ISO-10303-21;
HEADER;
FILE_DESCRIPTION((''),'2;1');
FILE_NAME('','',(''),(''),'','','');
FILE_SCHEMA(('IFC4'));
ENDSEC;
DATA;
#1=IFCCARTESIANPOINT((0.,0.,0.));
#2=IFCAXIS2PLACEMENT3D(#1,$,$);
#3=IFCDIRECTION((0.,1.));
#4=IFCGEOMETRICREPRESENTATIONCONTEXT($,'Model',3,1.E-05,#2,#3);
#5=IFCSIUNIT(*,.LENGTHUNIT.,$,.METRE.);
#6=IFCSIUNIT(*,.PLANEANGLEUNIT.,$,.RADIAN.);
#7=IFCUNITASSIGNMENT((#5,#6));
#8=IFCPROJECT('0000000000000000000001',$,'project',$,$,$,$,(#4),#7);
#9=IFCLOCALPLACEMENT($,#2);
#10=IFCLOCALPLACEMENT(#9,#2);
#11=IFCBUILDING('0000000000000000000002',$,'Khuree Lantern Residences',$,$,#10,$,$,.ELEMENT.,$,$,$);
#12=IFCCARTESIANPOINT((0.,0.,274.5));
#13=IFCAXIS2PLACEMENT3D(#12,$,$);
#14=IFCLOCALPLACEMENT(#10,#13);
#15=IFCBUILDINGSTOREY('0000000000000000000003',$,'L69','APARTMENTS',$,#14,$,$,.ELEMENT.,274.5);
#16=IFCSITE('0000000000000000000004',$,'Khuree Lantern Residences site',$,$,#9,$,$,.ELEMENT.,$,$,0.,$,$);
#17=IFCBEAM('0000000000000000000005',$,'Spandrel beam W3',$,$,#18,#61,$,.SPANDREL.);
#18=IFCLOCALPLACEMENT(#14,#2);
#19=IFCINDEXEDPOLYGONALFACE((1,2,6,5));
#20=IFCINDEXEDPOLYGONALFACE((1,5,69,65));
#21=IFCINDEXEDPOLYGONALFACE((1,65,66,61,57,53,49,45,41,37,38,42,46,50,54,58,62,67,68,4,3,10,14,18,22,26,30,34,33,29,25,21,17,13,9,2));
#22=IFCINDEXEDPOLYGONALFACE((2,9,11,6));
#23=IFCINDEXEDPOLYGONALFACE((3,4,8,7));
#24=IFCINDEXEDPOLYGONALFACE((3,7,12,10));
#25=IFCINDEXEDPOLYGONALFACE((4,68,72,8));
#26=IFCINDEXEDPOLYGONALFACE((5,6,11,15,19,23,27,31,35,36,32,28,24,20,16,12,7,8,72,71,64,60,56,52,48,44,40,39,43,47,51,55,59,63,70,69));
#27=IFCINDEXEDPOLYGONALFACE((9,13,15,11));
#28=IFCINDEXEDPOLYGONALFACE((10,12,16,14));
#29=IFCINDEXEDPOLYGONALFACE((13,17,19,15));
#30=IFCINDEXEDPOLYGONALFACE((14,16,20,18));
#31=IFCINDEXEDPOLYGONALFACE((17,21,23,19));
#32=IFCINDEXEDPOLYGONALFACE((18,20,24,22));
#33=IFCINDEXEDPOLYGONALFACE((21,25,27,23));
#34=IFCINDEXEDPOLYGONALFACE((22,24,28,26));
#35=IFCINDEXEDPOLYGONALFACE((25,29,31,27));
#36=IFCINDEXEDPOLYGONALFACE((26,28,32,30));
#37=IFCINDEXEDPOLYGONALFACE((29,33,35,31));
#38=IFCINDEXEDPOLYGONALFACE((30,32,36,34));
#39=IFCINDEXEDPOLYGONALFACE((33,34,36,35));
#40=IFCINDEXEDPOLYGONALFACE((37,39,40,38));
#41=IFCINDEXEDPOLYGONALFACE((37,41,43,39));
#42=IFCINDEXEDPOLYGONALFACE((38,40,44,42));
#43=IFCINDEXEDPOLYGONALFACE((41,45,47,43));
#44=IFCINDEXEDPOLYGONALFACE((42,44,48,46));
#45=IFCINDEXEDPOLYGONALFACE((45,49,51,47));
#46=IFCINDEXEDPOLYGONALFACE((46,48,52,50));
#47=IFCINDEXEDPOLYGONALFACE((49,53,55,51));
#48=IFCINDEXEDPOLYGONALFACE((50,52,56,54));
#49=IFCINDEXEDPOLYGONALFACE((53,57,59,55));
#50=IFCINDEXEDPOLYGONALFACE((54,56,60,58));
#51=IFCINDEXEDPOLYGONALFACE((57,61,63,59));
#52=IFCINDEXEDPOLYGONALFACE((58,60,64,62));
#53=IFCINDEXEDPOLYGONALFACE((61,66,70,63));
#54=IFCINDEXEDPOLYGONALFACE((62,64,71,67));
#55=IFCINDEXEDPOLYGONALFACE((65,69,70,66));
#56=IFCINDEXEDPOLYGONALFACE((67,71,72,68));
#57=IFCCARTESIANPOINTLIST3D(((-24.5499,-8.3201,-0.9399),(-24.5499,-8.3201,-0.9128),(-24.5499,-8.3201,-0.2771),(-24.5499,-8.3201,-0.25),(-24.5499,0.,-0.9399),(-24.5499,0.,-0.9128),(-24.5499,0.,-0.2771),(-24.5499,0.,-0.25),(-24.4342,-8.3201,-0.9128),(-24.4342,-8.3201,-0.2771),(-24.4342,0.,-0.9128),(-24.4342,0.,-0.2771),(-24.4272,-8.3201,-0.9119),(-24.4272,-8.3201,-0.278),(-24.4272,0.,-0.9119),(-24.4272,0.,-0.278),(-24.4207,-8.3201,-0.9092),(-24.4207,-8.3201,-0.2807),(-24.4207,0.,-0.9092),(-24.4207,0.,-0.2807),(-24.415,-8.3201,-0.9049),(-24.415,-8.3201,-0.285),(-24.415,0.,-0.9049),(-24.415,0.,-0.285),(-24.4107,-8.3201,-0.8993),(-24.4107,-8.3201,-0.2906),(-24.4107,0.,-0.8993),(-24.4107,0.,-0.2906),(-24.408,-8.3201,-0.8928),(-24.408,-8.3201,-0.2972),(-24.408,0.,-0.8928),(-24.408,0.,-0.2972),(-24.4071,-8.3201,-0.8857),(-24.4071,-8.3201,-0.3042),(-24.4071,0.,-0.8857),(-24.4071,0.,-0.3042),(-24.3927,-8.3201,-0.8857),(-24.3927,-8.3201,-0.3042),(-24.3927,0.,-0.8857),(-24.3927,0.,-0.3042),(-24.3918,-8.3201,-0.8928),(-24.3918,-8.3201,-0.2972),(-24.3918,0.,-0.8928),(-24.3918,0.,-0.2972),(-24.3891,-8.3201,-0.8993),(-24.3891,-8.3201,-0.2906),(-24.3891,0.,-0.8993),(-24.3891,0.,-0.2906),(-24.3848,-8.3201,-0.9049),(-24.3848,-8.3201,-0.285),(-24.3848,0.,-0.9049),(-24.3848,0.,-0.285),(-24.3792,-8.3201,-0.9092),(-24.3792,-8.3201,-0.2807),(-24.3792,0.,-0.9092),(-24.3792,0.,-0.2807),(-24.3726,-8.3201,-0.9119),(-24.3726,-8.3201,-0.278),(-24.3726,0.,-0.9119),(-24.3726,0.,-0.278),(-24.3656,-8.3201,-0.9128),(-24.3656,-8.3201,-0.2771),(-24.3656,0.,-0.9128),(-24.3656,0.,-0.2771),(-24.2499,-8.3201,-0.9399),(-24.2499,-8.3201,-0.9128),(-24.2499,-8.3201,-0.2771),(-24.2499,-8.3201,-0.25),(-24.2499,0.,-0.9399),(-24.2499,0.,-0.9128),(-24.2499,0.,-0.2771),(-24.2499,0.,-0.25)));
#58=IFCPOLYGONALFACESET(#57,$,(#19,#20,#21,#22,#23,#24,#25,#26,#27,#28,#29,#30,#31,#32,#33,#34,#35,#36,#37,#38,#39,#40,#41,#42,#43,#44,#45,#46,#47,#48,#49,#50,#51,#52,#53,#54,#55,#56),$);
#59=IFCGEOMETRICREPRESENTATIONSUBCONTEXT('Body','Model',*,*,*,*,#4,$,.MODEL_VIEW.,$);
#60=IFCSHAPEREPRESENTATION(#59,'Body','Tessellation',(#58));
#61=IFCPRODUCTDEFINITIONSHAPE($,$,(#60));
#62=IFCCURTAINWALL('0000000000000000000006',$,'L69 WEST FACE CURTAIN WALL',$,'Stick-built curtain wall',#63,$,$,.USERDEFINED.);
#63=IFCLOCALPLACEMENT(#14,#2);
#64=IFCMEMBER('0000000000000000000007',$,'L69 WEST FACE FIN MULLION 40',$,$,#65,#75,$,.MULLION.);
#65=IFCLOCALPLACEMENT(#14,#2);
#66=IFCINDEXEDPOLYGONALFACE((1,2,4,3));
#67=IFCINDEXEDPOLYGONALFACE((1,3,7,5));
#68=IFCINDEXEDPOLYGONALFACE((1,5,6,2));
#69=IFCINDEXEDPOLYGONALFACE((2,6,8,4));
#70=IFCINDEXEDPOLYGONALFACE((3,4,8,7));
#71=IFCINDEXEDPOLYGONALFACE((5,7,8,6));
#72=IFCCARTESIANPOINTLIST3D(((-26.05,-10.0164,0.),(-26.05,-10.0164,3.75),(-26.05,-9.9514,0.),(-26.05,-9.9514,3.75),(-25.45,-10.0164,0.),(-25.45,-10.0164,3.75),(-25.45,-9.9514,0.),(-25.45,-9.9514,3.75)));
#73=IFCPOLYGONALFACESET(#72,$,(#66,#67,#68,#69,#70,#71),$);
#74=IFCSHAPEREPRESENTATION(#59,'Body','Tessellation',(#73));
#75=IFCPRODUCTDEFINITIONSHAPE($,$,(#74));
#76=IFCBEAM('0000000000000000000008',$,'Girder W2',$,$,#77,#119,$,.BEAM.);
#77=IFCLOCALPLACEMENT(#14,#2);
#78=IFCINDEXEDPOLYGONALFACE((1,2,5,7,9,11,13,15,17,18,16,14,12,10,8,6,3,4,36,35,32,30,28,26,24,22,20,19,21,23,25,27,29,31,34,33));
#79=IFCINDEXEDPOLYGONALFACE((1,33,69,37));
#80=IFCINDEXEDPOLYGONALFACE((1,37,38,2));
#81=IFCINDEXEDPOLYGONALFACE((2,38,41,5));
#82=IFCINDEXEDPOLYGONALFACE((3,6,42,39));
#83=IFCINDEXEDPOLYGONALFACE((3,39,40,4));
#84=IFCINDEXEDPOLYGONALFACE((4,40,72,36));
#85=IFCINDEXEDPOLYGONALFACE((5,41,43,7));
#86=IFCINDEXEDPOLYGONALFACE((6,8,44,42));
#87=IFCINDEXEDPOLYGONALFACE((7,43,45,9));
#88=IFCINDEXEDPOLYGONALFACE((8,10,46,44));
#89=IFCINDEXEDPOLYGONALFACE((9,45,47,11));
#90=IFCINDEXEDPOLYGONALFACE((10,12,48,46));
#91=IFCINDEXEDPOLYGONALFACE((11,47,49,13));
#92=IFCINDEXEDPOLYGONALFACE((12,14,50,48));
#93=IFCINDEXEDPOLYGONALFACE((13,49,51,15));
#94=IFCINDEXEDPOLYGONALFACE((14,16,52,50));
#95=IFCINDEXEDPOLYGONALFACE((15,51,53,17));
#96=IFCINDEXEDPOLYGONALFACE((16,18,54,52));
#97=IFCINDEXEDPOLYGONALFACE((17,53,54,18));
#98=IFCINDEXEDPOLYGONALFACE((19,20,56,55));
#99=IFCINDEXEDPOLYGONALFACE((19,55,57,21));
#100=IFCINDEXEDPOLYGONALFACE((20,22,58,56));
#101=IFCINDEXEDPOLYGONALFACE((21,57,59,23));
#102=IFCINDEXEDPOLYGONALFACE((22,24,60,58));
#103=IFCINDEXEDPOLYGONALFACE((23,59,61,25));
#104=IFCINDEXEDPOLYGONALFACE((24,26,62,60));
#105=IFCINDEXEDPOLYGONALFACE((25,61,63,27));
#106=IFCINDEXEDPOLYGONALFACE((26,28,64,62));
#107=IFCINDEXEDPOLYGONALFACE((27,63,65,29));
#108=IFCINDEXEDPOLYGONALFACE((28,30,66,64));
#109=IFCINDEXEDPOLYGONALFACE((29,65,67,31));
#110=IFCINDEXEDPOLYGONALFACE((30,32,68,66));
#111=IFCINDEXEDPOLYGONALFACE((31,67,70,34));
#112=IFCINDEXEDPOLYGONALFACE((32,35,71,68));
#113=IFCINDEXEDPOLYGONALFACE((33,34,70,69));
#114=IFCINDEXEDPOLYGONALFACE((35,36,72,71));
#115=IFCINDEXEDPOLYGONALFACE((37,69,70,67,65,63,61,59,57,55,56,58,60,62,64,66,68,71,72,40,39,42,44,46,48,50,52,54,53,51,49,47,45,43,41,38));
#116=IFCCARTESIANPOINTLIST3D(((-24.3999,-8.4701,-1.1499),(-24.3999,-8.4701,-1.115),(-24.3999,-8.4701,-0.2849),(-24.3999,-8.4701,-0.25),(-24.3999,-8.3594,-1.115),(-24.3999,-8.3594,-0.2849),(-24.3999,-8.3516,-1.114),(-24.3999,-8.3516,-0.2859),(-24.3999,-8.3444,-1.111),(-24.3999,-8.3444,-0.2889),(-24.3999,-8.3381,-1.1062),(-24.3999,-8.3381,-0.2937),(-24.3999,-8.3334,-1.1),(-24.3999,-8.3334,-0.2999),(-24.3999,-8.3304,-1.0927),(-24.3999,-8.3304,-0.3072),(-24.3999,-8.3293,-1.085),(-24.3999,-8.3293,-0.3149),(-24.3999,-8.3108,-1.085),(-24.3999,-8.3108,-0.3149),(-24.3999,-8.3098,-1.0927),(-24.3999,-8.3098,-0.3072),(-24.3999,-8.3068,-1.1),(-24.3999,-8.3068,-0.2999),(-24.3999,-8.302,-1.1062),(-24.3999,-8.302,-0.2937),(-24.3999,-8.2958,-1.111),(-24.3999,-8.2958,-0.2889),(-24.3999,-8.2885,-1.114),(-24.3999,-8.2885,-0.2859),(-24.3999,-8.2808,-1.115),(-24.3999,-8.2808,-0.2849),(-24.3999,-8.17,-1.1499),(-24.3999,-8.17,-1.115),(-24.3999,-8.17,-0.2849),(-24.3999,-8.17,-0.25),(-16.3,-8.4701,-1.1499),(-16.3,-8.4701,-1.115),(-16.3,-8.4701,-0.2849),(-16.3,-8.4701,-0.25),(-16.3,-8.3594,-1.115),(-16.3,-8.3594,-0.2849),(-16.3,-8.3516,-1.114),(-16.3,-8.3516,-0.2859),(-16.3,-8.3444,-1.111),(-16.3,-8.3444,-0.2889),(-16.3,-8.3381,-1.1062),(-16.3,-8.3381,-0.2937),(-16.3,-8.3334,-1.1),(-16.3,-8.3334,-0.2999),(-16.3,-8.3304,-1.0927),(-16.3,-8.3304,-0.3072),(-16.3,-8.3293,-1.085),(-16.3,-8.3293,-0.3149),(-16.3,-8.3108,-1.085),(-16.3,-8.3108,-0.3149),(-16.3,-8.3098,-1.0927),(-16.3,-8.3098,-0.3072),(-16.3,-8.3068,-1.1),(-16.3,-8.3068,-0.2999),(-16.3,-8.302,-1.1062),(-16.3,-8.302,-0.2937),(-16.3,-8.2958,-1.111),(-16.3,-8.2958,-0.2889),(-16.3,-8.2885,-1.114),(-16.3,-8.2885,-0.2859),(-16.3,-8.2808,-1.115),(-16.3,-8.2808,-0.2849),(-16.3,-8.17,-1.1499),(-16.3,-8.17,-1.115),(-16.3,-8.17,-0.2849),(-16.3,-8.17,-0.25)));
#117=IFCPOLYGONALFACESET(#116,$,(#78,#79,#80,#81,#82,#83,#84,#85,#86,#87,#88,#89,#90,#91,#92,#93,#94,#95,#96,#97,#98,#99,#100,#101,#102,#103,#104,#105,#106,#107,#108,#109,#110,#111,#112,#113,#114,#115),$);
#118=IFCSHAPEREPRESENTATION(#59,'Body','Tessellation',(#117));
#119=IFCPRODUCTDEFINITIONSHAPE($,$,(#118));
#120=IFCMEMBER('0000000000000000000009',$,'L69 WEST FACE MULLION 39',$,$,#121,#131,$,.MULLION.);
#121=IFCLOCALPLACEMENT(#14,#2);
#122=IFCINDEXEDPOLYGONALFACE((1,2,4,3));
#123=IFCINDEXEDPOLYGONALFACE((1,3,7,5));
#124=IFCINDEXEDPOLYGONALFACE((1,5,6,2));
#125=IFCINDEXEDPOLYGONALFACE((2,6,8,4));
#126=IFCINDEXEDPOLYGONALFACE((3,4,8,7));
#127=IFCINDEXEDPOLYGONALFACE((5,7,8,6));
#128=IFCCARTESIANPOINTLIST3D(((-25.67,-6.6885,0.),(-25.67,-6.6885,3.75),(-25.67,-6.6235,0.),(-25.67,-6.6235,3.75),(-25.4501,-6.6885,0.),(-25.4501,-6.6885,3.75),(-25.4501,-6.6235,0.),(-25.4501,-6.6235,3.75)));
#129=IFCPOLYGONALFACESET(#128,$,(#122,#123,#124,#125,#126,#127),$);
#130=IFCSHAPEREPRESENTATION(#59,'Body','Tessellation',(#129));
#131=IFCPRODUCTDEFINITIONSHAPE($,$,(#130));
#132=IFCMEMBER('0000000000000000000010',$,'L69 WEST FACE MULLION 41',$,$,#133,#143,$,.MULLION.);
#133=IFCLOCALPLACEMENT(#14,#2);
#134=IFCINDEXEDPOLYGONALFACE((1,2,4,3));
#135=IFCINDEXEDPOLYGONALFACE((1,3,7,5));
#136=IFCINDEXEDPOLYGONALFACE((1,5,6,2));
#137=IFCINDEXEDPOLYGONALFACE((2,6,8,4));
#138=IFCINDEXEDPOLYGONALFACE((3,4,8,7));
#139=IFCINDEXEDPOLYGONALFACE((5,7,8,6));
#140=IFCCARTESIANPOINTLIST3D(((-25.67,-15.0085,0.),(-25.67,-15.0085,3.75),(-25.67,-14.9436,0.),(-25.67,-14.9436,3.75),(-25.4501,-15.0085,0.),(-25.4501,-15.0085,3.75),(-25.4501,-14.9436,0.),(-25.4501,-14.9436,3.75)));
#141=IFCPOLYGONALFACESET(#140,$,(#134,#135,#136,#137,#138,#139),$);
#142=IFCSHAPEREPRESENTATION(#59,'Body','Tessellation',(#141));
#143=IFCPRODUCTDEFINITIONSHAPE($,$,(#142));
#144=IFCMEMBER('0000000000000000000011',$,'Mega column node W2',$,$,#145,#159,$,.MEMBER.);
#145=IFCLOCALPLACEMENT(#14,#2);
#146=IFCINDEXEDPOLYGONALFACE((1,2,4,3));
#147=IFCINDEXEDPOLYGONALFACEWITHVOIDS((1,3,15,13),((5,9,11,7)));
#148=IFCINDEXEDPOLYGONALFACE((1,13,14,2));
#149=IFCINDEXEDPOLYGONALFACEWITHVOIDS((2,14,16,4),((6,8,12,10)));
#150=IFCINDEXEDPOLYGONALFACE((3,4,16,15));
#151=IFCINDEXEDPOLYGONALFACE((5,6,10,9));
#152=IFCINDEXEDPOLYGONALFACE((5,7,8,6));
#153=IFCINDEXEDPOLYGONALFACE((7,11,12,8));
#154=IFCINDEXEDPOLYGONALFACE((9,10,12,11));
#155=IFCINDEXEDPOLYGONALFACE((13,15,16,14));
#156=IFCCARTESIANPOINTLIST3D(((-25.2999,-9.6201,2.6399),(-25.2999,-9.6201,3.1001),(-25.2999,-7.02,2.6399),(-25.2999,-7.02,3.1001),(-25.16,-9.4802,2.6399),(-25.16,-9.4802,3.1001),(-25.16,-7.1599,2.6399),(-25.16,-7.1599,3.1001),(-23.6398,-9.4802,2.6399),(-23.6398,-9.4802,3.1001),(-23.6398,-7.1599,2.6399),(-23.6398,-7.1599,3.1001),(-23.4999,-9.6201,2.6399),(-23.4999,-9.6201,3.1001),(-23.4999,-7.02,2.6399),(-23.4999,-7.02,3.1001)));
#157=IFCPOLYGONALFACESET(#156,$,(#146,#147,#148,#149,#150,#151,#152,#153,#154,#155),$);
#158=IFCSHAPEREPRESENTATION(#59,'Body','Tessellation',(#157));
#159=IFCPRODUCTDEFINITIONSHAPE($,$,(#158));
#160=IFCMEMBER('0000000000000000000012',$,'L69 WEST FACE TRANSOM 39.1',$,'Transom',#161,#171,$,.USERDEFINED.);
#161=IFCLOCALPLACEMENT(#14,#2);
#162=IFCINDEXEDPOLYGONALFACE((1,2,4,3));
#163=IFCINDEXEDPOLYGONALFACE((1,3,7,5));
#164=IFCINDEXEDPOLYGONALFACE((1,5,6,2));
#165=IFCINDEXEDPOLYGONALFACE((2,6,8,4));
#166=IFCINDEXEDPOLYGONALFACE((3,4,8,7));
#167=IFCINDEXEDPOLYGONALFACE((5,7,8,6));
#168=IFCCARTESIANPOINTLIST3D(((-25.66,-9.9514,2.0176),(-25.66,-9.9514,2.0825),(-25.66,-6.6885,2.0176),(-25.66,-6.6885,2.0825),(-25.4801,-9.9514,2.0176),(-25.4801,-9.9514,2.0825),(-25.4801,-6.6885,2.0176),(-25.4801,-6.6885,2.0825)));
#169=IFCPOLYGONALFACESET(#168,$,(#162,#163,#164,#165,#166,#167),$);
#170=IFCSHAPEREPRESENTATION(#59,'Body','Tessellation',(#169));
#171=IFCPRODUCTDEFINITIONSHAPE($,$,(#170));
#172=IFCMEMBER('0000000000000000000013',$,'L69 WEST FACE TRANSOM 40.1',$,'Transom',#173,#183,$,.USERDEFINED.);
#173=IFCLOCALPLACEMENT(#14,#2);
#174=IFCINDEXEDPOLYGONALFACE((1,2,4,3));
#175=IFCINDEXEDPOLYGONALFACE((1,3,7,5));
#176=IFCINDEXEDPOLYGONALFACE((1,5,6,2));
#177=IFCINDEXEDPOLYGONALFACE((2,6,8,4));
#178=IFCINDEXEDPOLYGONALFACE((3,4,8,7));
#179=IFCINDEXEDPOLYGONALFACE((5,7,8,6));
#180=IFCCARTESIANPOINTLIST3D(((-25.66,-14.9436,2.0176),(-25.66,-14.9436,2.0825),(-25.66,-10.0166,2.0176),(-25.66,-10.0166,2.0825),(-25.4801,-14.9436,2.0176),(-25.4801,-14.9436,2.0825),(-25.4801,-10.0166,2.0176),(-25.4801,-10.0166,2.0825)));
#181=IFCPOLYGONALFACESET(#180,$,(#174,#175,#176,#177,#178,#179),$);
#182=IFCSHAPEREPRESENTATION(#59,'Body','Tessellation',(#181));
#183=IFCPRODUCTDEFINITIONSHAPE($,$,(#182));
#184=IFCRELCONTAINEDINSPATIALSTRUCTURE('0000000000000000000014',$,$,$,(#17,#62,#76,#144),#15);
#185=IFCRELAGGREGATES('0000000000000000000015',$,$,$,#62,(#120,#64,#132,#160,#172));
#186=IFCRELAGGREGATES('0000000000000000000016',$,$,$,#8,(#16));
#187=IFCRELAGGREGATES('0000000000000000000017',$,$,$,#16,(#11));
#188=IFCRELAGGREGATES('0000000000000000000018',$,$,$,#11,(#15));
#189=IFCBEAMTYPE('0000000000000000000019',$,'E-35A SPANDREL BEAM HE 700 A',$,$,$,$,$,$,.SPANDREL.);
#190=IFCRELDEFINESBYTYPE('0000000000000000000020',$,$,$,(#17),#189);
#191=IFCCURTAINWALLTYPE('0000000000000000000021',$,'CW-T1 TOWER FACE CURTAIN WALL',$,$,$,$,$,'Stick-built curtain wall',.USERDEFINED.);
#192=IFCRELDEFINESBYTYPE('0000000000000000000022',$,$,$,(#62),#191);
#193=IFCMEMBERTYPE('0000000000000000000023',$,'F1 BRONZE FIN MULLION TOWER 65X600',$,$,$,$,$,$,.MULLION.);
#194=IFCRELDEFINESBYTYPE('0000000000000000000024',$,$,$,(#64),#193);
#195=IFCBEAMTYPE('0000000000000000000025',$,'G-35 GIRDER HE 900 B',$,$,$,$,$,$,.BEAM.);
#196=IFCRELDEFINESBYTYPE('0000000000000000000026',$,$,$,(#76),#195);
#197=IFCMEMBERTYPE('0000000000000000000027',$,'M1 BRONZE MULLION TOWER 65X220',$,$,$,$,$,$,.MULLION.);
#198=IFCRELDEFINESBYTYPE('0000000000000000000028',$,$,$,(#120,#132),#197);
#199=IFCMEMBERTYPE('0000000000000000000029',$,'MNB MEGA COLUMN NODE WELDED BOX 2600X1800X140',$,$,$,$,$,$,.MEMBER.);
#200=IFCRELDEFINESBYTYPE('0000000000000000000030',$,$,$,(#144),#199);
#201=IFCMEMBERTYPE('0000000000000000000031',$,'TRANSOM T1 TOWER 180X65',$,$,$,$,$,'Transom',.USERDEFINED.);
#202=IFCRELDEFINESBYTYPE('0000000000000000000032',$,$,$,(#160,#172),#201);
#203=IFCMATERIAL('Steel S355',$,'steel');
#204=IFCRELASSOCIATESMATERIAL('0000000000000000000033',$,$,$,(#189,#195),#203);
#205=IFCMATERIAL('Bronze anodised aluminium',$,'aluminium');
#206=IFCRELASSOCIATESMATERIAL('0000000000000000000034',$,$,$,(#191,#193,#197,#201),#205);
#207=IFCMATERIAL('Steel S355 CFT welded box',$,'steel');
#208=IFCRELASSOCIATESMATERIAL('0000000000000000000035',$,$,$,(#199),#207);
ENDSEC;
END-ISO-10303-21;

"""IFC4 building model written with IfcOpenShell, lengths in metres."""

from ifc_helpers import new_model, si_unit, direction, frame, origin, origin_2d, place, context, subcontext, project, spatial, rectangle, hollow_rectangle, i_section, extrude, material, material_profile, profile_set, type_object, element, aggregate, save


model = new_model("IFC4")

# Units and contexts
model_context = context("Model", 3, precision=1e-05, world=origin(), true_north=direction((0.0, 1.0)))
body_context = subcontext(model_context, "Body", "Model", "MODEL_VIEW")
ifc_project = project(units=[si_unit("LENGTHUNIT", "METRE"), si_unit("PLANEANGLEUNIT", "RADIAN")], contexts=[model_context])

# Site, building, storey
site_placement = place(None, origin())
site = spatial("IfcSite", under=ifc_project, at=site_placement, Name="Khuree Lantern Residences site", CompositionType="ELEMENT", RefElevation=0.0)
building_placement = place(site_placement, origin())
building = spatial("IfcBuilding", under=site, at=building_placement, Name="Khuree Lantern Residences", CompositionType="ELEMENT")
storey_placement = place(building_placement, frame((0.0, 0.0, 274.5)))
storey = spatial("IfcBuildingStorey", under=building, at=storey_placement, Name="L69", Description="APARTMENTS", CompositionType="ELEMENT", Elevation=274.5)

# Shared definitions
ifc_material_1 = material(Name="Steel S355 CFT welded box", Category="steel")

# Beam
ifc_material_2 = material(Name="Steel S355", Category="steel")
ifc_material_profile_1 = material_profile(ifc_material_2, i_section(OverallWidth=0.3, OverallDepth=0.6899, WebThickness=0.0144, FlangeThickness=0.0271, FilletRadius=0.0271, at=origin_2d()), Name="HE 700 A")
ifc_profile_set_1 = profile_set([ifc_material_profile_1], Name="Steel S355")
beam_type_1 = type_object("IfcBeamType", Name="E-35A SPANDREL BEAM HE 700 A", PredefinedType="SPANDREL", material=ifc_profile_set_1)
beam_1_placement = place(storey_placement, frame((-24.3999, -8.3201, -0.595), z_axis=(0.0, 1.0, 0.0), x_axis=(-1.0, 0.0, 0.0)))
element("IfcBeam", 1, at=beam_1_placement, inside=storey, type_object=beam_type_1, Name="Spandrel beam W3", PredefinedType="SPANDREL", context=body_context, shape_type="SweptSolid", body=[
    extrude(i_section(OverallWidth=0.3, OverallDepth=0.6899, WebThickness=0.0144, FlangeThickness=0.0271, FilletRadius=0.0271, at=origin_2d()), origin(), (0.0, 0.0, 1.0), 8.3201),
])

# Curtain wall, member
ifc_material_3 = material(Name="Bronze anodised aluminium", Category="aluminium")
curtain_wall_type = type_object("IfcCurtainWallType", Name="CW-T1 TOWER FACE CURTAIN WALL", ElementType="Stick-built curtain wall", PredefinedType="USERDEFINED", material=ifc_material_3)
curtain_wall_placement = place(storey_placement, origin())
curtain_wall = element("IfcCurtainWall", 2, at=curtain_wall_placement, inside=storey, type_object=curtain_wall_type, Name="L69 WEST FACE CURTAIN WALL", ObjectType="Stick-built curtain wall", PredefinedType="USERDEFINED")
ifc_material_profile_2 = material_profile(ifc_material_3, rectangle(XDim=0.0649, YDim=0.6001, at=origin_2d()), Name="F1 65X600")
ifc_profile_set_2 = profile_set([ifc_material_profile_2], Name="Bronze anodised aluminium")
member_type_1 = type_object("IfcMemberType", Name="F1 BRONZE FIN MULLION TOWER 65X600", PredefinedType="MULLION", material=ifc_profile_set_2)
member_1_placement = place(storey_placement, frame((-25.75, -9.9839, 0.0), z_axis=(0.0, 0.0, 1.0), x_axis=(0.0, -1.0, 0.0)))
member_1 = element("IfcMember", 3, at=member_1_placement, type_object=member_type_1, Name="L69 WEST FACE FIN MULLION 40", PredefinedType="MULLION", context=body_context, shape_type="SweptSolid", body=[
    extrude(rectangle(XDim=0.0649, YDim=0.6001, at=origin_2d()), origin(), (0.0, 0.0, 1.0), 3.75),
])

# Beam
ifc_material_profile_3 = material_profile(ifc_material_2, i_section(OverallWidth=0.3, OverallDepth=0.8999, WebThickness=0.0186, FlangeThickness=0.0349, FilletRadius=0.03, at=origin_2d()), Name="HE 900 B")
ifc_profile_set_3 = profile_set([ifc_material_profile_3], Name="Steel S355")
beam_type_2 = type_object("IfcBeamType", Name="G-35 GIRDER HE 900 B", PredefinedType="BEAM", material=ifc_profile_set_3)
beam_2_placement = place(storey_placement, frame((-24.3999, -8.3201, -0.7), z_axis=(1.0, 0.0, 0.0), x_axis=(0.0, 1.0, 0.0)))
element("IfcBeam", 4, at=beam_2_placement, inside=storey, type_object=beam_type_2, Name="Girder W2", PredefinedType="BEAM", context=body_context, shape_type="SweptSolid", body=[
    extrude(i_section(OverallWidth=0.3, OverallDepth=0.8999, WebThickness=0.0186, FlangeThickness=0.0349, FilletRadius=0.03, at=origin_2d()), origin(), (0.0, 0.0, 1.0), 8.0999),
])

# Members
ifc_material_profile_4 = material_profile(ifc_material_3, rectangle(XDim=0.0649, YDim=0.22, at=origin_2d()), Name="M1 65X220")
ifc_profile_set_4 = profile_set([ifc_material_profile_4], Name="Bronze anodised aluminium")
member_type_2 = type_object("IfcMemberType", Name="M1 BRONZE MULLION TOWER 65X220", PredefinedType="MULLION", material=ifc_profile_set_4)
member_2_placement = place(storey_placement, frame((-25.5601, -6.656, 0.0), z_axis=(0.0, 0.0, 1.0), x_axis=(0.0, -1.0, 0.0)))
member_2 = element("IfcMember", 5, at=member_2_placement, type_object=member_type_2, Name="L69 WEST FACE MULLION 39", PredefinedType="MULLION", context=body_context, shape_type="SweptSolid", body=[
    extrude(rectangle(XDim=0.0649, YDim=0.22, at=origin_2d()), origin(), (0.0, 0.0, 1.0), 3.75),
])
member_3_placement = place(storey_placement, frame((-25.5601, -14.9761, 0.0), z_axis=(0.0, 0.0, 1.0), x_axis=(0.0, -1.0, 0.0)))
member_3 = element("IfcMember", 6, at=member_3_placement, type_object=member_type_2, Name="L69 WEST FACE MULLION 41", PredefinedType="MULLION", context=body_context, shape_type="SweptSolid", body=[
    extrude(rectangle(XDim=0.0649, YDim=0.22, at=origin_2d()), origin(), (0.0, 0.0, 1.0), 3.75),
])
ifc_material_profile_5 = material_profile(ifc_material_1, hollow_rectangle(XDim=2.6001, YDim=1.8, WallThickness=0.1399, at=origin_2d()), Name="WELDED BOX 2600X1800X140")
ifc_profile_set_5 = profile_set([ifc_material_profile_5], Name="Steel S355 CFT welded box")
member_type_3 = type_object("IfcMemberType", Name="MNB MEGA COLUMN NODE WELDED BOX 2600X1800X140", PredefinedType="MEMBER", material=ifc_profile_set_5)
member_4_placement = place(storey_placement, frame((-24.3999, -8.3201, 2.6399), z_axis=(0.0, 0.0, 1.0), x_axis=(0.0, 1.0, 0.0)))
element("IfcMember", 7, at=member_4_placement, inside=storey, type_object=member_type_3, Name="Mega column node W2", PredefinedType="MEMBER", context=body_context, shape_type="SweptSolid", body=[
    extrude(hollow_rectangle(XDim=2.6001, YDim=1.8, WallThickness=0.1399, at=origin_2d()), origin(), (0.0, 0.0, 1.0), 0.4602),
])
ifc_material_profile_6 = material_profile(ifc_material_3, rectangle(XDim=0.1799, YDim=0.0649, at=origin_2d()), Name="T1 180X65")
ifc_profile_set_6 = profile_set([ifc_material_profile_6], Name="Bronze anodised aluminium")
member_type_4 = type_object("IfcMemberType", Name="TRANSOM T1 TOWER 180X65", ElementType="Transom", PredefinedType="USERDEFINED", material=ifc_profile_set_6)
member_5_placement = place(storey_placement, frame((-25.5701, -6.6885, 2.05), z_axis=(0.0, -1.0, 0.0), x_axis=(1.0, 0.0, 0.0)))
member_5 = element("IfcMember", 8, at=member_5_placement, type_object=member_type_4, Name="L69 WEST FACE TRANSOM 39.1", ObjectType="Transom", PredefinedType="USERDEFINED", context=body_context, shape_type="SweptSolid", body=[
    extrude(rectangle(XDim=0.1799, YDim=0.0649, at=origin_2d()), origin(), (0.0, 0.0, 1.0), 3.2629),
])
member_6_placement = place(storey_placement, frame((-25.5701, -10.0166, 2.05), z_axis=(0.0, -1.0, 0.0), x_axis=(1.0, 0.0, 0.0)))
member_6 = element("IfcMember", 9, at=member_6_placement, type_object=member_type_4, Name="L69 WEST FACE TRANSOM 40.1", ObjectType="Transom", PredefinedType="USERDEFINED", context=body_context, shape_type="SweptSolid", body=[
    extrude(rectangle(XDim=0.1799, YDim=0.0649, at=origin_2d()), origin(), (0.0, 0.0, 1.0), 4.927),
])

aggregate(curtain_wall, [member_2, member_1, member_3, member_5, member_6])

save(model, "model.ifc")
